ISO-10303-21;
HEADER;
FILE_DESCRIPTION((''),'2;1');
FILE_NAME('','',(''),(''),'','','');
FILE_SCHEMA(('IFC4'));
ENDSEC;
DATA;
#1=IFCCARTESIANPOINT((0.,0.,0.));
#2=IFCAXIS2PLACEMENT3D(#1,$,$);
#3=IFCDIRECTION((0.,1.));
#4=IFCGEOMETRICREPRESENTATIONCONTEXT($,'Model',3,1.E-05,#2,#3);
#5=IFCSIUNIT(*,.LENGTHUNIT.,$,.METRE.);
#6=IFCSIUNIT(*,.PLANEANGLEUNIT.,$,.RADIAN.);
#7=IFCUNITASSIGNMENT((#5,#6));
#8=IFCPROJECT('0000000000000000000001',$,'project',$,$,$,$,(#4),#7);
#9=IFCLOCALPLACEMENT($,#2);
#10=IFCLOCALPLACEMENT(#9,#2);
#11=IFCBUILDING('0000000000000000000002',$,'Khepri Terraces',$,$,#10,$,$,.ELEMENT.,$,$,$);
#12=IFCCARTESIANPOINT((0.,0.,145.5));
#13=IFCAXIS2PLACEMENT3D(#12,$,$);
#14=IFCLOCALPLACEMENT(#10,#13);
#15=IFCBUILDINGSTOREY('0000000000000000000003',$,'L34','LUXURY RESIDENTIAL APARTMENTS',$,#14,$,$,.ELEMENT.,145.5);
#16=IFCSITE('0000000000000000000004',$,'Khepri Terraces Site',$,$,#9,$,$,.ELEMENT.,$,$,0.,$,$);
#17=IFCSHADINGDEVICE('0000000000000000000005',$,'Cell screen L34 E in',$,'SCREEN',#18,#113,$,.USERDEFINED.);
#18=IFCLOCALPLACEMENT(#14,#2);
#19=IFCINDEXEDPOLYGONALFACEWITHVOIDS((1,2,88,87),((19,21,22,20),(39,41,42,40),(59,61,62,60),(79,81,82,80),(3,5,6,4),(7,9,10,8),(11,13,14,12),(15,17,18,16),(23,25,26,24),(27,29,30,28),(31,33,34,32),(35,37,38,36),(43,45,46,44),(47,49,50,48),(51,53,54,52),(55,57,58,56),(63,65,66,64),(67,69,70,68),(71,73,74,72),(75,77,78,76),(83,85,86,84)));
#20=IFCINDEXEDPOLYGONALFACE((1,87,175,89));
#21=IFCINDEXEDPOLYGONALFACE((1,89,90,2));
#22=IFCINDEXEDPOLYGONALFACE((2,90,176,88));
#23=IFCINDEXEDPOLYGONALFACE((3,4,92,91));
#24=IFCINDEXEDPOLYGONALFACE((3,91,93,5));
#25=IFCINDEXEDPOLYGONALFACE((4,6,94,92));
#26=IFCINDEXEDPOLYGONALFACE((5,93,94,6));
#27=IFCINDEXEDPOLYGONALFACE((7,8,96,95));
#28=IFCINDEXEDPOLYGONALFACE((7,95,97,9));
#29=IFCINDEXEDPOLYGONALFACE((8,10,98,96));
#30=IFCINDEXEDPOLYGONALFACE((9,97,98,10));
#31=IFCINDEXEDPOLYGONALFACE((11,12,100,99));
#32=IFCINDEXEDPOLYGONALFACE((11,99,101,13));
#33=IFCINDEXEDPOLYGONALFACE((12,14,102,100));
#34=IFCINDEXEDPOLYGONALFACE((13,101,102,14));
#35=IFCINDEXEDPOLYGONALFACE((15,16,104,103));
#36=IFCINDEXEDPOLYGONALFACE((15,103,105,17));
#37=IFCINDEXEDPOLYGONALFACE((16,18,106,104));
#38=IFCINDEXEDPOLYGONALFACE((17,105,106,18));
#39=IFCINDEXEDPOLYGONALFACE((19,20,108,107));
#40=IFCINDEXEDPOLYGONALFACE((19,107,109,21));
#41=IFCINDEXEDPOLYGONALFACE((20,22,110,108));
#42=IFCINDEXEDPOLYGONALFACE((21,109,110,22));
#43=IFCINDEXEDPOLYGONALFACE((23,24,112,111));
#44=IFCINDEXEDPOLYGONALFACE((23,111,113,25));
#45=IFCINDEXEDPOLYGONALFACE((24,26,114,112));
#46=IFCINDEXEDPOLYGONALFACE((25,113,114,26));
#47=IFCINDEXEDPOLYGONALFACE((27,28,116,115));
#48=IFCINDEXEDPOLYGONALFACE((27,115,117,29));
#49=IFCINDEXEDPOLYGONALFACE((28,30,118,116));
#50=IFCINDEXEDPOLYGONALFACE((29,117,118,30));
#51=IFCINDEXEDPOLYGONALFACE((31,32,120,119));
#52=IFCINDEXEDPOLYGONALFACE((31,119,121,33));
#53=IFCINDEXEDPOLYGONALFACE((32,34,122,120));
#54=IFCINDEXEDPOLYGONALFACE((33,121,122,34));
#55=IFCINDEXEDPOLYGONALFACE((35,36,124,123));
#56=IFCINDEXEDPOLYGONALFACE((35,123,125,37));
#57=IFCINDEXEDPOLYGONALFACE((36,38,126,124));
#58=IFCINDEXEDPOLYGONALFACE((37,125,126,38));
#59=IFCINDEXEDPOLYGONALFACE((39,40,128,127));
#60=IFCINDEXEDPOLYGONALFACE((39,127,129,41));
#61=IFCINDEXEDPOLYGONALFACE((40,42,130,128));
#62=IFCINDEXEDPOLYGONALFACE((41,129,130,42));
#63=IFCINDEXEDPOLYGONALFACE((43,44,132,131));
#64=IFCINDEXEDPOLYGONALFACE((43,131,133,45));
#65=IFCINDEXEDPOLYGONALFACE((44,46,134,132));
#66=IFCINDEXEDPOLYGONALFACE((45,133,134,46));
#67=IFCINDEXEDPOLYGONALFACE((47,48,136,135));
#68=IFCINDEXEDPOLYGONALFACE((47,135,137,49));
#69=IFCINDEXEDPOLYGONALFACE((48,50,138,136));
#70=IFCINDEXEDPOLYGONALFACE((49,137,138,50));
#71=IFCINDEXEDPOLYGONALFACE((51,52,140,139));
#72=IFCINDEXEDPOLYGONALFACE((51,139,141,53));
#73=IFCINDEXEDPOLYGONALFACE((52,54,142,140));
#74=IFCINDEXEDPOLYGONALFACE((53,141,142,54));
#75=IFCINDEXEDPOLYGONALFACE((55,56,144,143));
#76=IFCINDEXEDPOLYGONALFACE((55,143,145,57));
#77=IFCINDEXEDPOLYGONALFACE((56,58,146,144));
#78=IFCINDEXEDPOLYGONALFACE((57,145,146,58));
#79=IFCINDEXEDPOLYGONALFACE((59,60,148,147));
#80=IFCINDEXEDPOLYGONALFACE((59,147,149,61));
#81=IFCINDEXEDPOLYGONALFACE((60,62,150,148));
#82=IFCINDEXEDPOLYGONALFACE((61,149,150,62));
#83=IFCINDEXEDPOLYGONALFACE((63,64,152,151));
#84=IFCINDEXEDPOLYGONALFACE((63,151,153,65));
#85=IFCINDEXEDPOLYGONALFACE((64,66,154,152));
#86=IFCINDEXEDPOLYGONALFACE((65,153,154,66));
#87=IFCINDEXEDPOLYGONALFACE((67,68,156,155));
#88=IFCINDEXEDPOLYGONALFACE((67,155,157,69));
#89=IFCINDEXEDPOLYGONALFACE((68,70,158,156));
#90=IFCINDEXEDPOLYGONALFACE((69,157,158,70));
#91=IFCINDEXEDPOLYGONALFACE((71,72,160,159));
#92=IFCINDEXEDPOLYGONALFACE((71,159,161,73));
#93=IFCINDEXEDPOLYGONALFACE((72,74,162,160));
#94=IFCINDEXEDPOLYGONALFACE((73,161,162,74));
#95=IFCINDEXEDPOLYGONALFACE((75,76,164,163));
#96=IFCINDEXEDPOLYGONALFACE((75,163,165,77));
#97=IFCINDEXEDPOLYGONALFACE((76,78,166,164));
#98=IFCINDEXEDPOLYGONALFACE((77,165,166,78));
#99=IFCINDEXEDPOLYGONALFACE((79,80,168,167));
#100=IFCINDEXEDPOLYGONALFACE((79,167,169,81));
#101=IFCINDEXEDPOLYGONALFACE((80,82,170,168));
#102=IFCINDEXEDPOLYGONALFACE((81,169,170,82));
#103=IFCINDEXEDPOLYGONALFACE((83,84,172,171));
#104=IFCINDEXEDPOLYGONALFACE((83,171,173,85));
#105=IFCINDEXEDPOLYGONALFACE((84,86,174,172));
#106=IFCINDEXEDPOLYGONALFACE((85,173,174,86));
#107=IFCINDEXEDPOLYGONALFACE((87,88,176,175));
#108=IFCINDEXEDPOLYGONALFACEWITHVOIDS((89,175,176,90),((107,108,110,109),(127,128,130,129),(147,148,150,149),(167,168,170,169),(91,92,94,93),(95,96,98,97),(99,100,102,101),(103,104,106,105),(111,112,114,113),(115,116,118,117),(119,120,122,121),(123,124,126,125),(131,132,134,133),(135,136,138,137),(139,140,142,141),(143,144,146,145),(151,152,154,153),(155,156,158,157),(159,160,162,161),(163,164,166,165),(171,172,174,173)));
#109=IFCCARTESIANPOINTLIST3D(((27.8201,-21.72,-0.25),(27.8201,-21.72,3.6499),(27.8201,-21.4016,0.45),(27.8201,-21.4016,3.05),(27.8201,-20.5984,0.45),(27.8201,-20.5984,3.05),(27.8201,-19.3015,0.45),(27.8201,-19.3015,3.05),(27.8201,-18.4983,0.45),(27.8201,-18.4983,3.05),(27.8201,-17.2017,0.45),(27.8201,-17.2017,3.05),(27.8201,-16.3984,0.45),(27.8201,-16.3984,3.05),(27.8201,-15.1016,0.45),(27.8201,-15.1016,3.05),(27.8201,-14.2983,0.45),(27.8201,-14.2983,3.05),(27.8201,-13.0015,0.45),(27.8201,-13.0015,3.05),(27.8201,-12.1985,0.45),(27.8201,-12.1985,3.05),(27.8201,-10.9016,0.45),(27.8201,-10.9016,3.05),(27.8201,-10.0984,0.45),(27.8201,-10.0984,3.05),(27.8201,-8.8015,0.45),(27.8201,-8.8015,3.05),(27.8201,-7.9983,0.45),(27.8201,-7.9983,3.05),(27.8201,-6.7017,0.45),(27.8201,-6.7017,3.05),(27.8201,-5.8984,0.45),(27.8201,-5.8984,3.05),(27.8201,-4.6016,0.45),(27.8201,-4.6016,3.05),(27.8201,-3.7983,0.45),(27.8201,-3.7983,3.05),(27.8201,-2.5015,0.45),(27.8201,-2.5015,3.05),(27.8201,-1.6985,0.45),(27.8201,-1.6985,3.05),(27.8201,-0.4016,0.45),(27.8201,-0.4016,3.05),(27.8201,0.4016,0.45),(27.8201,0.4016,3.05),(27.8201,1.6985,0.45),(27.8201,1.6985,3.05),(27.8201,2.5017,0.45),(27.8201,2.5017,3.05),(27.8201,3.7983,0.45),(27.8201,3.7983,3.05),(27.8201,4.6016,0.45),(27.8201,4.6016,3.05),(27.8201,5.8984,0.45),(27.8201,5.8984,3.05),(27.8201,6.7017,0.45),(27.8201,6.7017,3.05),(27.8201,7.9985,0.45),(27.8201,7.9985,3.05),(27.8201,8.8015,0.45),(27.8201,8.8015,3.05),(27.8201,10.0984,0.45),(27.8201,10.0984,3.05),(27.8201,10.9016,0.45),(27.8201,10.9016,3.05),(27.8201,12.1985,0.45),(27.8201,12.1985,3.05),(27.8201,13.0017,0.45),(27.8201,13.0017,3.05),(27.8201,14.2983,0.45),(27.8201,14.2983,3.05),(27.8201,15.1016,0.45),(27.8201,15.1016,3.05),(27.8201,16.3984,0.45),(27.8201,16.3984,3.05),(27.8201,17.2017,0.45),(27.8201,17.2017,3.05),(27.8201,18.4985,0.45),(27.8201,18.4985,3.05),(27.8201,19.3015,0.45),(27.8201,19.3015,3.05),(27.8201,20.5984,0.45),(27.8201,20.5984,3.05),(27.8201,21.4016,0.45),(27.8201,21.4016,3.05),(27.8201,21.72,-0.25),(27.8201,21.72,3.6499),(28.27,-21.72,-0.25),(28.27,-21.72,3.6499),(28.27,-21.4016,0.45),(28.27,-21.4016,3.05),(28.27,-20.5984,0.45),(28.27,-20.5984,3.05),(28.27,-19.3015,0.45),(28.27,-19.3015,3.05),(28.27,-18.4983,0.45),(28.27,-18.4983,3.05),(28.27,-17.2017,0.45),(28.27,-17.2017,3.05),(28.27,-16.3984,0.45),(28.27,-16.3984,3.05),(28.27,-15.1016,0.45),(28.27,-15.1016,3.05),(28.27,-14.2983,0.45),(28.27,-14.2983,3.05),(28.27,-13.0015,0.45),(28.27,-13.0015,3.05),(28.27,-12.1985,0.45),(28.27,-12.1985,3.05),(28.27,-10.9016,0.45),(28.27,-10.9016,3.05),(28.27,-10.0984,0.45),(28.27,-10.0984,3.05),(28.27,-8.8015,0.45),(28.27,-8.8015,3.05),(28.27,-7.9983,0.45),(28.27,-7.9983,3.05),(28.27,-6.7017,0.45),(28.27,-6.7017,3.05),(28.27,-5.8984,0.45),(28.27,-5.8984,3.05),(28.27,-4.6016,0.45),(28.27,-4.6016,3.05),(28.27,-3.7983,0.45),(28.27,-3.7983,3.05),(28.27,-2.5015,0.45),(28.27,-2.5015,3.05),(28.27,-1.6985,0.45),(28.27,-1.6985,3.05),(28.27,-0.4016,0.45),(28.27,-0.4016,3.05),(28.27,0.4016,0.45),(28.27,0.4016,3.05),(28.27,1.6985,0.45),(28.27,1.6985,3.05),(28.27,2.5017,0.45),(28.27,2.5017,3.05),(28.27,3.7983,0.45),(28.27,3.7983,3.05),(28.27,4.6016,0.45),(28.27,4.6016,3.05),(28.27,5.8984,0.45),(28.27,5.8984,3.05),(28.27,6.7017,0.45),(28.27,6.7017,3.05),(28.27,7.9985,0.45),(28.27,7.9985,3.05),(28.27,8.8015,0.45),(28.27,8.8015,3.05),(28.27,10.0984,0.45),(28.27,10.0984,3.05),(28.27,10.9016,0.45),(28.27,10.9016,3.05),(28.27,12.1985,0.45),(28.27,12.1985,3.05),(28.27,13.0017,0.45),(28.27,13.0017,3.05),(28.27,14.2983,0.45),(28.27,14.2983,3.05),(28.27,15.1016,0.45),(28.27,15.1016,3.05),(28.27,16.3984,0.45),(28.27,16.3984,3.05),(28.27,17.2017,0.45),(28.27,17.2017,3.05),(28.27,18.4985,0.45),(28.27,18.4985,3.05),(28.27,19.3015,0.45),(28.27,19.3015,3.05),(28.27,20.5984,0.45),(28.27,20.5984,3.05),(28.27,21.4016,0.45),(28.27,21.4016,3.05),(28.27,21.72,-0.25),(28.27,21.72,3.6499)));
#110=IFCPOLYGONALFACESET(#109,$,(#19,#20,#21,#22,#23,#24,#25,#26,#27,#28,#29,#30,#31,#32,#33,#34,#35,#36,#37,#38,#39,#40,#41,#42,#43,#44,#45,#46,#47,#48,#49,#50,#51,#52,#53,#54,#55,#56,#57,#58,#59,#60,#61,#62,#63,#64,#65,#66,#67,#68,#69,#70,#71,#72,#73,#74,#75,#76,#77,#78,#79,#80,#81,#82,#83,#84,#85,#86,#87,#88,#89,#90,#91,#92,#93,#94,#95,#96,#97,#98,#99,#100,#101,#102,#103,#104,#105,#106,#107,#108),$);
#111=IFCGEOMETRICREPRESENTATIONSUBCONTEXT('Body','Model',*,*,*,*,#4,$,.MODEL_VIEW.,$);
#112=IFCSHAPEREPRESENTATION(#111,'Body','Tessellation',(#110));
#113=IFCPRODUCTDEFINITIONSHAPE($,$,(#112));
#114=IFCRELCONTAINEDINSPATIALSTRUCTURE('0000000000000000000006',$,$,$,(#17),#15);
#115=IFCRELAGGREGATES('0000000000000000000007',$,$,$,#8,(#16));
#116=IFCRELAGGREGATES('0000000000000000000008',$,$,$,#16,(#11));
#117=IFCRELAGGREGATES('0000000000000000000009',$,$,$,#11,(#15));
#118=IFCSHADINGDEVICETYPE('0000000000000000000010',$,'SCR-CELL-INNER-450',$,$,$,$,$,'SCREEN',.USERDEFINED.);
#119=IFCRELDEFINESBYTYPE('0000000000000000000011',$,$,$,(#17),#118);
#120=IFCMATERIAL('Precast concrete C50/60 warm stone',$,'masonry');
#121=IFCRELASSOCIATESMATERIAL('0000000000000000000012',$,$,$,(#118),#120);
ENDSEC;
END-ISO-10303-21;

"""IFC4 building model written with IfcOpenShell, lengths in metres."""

from ifc_helpers import new_model, si_unit, direction, frame, origin, place, context, subcontext, project, spatial, polyline, outline, extrude, material, type_object, element, save


model = new_model("IFC4")

# Units and contexts
model_context = context("Model", 3, precision=1e-05, world=origin(), true_north=direction((0.0, 1.0)))
body_context = subcontext(model_context, "Body", "Model", "MODEL_VIEW")
ifc_project = project(units=[si_unit("LENGTHUNIT", "METRE"), si_unit("PLANEANGLEUNIT", "RADIAN")], contexts=[model_context])

# Site, building, storey
site_placement = place(None, origin())
site = spatial("IfcSite", under=ifc_project, at=site_placement, Name="Khepri Terraces Site", CompositionType="ELEMENT", RefElevation=0.0)
building_placement = place(site_placement, origin())
building = spatial("IfcBuilding", under=site, at=building_placement, Name="Khepri Terraces", CompositionType="ELEMENT")
storey_placement = place(building_placement, frame((0.0, 0.0, 145.5)))
storey = spatial("IfcBuildingStorey", under=building, at=storey_placement, Name="L34", Description="LUXURY RESIDENTIAL APARTMENTS", CompositionType="ELEMENT", Elevation=145.5)

# Shared definitions
ifc_material_1 = material(Name="Precast concrete C50/60 warm stone", Category="masonry")

# Shading device
shading_device_type_1 = type_object("IfcShadingDeviceType", Name="SCR-CELL-INNER-450", ElementType="SCREEN", PredefinedType="USERDEFINED", material=ifc_material_1)
shading_device_1_placement = place(storey_placement, frame((27.8201, -21.72, -0.25), z_axis=(1.0, 0.0, 0.0), x_axis=(0.0, 1.0, 0.0)))
element("IfcShadingDevice", 1, at=shading_device_1_placement, inside=storey, type_object=shading_device_type_1, Name="Cell screen L34 E in", ObjectType="SCREEN", PredefinedType="USERDEFINED", context=body_context, shape_type="SweptSolid", body=[
    extrude(outline(polyline([(0.0, 0.0), (43.4399, 0.0), (43.4399, 3.8999), (0.0, 3.8999), (0.0, 0.0)]), holes=[polyline([(0.3184, 0.7), (1.1216, 0.7), (1.1216, 3.3), (0.3184, 3.3), (0.3184, 0.7)]), polyline([(2.4185, 0.7), (3.2217, 0.7), (3.2217, 3.3), (2.4185, 3.3), (2.4185, 0.7)]), polyline([(4.5183, 0.7), (5.3215, 0.7), (5.3215, 3.3), (4.5183, 3.3), (4.5183, 0.7)]), polyline([(6.6184, 0.7), (7.4216, 0.7), (7.4216, 3.3), (6.6184, 3.3), (6.6184, 0.7)]), polyline([(8.7185, 0.7), (9.5215, 0.7), (9.5215, 3.3), (8.7185, 3.3), (8.7185, 0.7)]), polyline([(10.8184, 0.7), (11.6216, 0.7), (11.6216, 3.3), (10.8184, 3.3), (10.8184, 0.7)]), polyline([(12.9185, 0.7), (13.7217, 0.7), (13.7217, 3.3), (12.9185, 3.3), (12.9185, 0.7)]), polyline([(15.0183, 0.7), (15.8215, 0.7), (15.8215, 3.3), (15.0183, 3.3), (15.0183, 0.7)]), polyline([(17.1184, 0.7), (17.9216, 0.7), (17.9216, 3.3), (17.1184, 3.3), (17.1184, 0.7)]), polyline([(19.2185, 0.7), (20.0215, 0.7), (20.0215, 3.3), (19.2185, 3.3), (19.2185, 0.7)]), polyline([(21.3184, 0.7), (22.1216, 0.7), (22.1216, 3.3), (21.3184, 3.3), (21.3184, 0.7)]), polyline([(23.4185, 0.7), (24.2217, 0.7), (24.2217, 3.3), (23.4185, 3.3), (23.4185, 0.7)]), polyline([(25.5183, 0.7), (26.3215, 0.7), (26.3215, 3.3), (25.5183, 3.3), (25.5183, 0.7)]), polyline([(27.6184, 0.7), (28.4216, 0.7), (28.4216, 3.3), (27.6184, 3.3), (27.6184, 0.7)]), polyline([(29.7185, 0.7), (30.5215, 0.7), (30.5215, 3.3), (29.7185, 3.3), (29.7185, 0.7)]), polyline([(31.8184, 0.7), (32.6216, 0.7), (32.6216, 3.3), (31.8184, 3.3), (31.8184, 0.7)]), polyline([(33.9185, 0.7), (34.7217, 0.7), (34.7217, 3.3), (33.9185, 3.3), (33.9185, 0.7)]), polyline([(36.0183, 0.7), (36.8215, 0.7), (36.8215, 3.3), (36.0183, 3.3), (36.0183, 0.7)]), polyline([(38.1184, 0.7), (38.9216, 0.7), (38.9216, 3.3), (38.1184, 3.3), (38.1184, 0.7)]), polyline([(40.2185, 0.7), (41.0215, 0.7), (41.0215, 3.3), (40.2185, 3.3), (40.2185, 0.7)]), polyline([(42.3184, 0.7), (43.1216, 0.7), (43.1216, 3.3), (42.3184, 3.3), (42.3184, 0.7)])]), origin(), (0.0, 0.0, 1.0), 0.45),
])

save(model, "model.ifc")
